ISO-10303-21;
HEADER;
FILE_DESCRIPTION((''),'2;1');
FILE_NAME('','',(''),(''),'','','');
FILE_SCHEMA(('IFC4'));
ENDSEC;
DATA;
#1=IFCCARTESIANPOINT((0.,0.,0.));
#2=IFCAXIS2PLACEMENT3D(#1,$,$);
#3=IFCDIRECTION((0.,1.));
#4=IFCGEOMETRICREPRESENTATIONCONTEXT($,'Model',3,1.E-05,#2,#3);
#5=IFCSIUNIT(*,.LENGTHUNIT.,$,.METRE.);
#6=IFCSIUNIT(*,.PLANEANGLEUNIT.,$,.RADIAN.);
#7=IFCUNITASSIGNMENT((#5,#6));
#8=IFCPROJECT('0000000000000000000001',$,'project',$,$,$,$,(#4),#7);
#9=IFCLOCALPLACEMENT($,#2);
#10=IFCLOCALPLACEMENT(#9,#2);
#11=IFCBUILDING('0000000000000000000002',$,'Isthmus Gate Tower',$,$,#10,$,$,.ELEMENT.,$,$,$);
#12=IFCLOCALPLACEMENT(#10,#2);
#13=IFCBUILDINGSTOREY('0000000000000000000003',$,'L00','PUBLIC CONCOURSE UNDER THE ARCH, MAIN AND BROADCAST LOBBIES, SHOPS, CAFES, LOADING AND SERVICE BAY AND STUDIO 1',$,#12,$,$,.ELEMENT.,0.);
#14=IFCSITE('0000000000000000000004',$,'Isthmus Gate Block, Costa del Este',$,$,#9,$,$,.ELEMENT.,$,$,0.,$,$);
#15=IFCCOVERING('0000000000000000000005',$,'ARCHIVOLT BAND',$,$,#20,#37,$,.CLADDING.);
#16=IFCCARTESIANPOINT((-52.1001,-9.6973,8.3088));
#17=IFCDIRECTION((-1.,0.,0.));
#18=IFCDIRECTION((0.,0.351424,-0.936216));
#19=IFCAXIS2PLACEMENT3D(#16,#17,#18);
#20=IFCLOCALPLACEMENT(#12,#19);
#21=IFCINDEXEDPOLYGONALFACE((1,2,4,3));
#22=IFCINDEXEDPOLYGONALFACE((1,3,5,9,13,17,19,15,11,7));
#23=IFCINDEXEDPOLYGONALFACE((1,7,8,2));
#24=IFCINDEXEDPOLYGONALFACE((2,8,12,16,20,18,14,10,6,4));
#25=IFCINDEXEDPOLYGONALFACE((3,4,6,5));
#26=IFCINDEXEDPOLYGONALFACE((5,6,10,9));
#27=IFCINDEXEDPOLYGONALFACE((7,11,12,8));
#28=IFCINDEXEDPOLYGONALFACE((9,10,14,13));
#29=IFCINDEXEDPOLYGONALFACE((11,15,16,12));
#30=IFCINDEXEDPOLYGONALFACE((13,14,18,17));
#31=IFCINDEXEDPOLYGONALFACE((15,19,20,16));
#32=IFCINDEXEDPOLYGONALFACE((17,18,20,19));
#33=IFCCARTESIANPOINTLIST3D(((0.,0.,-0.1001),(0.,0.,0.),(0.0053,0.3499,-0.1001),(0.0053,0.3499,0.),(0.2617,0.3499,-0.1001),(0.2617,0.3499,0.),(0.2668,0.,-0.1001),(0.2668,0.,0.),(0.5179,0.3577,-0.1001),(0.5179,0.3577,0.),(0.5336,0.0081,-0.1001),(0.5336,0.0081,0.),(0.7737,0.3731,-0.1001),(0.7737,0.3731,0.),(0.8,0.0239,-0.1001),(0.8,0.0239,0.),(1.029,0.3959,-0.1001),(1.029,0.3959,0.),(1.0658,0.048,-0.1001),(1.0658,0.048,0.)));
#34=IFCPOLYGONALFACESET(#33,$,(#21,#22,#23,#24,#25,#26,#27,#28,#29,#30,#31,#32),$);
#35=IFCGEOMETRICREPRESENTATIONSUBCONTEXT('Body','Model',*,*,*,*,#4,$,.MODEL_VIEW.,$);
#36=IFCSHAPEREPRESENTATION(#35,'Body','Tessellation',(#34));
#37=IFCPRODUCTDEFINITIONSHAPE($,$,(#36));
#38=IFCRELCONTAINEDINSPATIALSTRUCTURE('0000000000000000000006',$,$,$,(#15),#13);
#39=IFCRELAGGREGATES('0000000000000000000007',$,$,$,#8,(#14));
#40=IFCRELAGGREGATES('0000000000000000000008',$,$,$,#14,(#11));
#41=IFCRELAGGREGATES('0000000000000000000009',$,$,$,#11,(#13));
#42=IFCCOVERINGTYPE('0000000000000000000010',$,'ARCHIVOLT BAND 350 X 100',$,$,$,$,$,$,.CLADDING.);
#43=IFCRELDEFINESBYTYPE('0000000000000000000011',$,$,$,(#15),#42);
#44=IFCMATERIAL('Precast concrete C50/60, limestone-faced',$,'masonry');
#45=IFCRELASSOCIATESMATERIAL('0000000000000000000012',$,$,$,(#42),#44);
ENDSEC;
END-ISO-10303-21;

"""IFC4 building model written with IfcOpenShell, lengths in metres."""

from ifc_helpers import new_model, si_unit, direction, frame, origin, place, context, subcontext, project, spatial, polyline, outline, extrude, material, type_object, element, save


model = new_model("IFC4")

# Units and contexts
model_context = context("Model", 3, precision=1e-05, world=origin(), true_north=direction((0.0, 1.0)))
body_context = subcontext(model_context, "Body", "Model", "MODEL_VIEW")
ifc_project = project(units=[si_unit("LENGTHUNIT", "METRE"), si_unit("PLANEANGLEUNIT", "RADIAN")], contexts=[model_context])

# Site, building, storey
site_placement = place(None, origin())
site = spatial("IfcSite", under=ifc_project, at=site_placement, Name="Isthmus Gate Block, Costa del Este", CompositionType="ELEMENT", RefElevation=0.0)
building_placement = place(site_placement, origin())
building = spatial("IfcBuilding", under=site, at=building_placement, Name="Isthmus Gate Tower", CompositionType="ELEMENT")
storey_placement = place(building_placement, origin())
storey = spatial("IfcBuildingStorey", under=building, at=storey_placement, Name="L00", Description="PUBLIC CONCOURSE UNDER THE ARCH, MAIN AND BROADCAST LOBBIES, SHOPS, CAFES, LOADING AND SERVICE BAY AND STUDIO 1", CompositionType="ELEMENT", Elevation=0.0)

# Covering
ifc_material_1 = material(Name="Precast concrete C50/60, limestone-faced", Category="masonry")
covering_type_1 = type_object("IfcCoveringType", Name="ARCHIVOLT BAND 350 X 100", PredefinedType="CLADDING", material=ifc_material_1)
covering_1_placement = place(storey_placement, frame((-52.1001, -9.6973, 8.3088), z_axis=(-1.0, 0.0, 0.0), x_axis=(0.0, 0.351424, -0.936216)))
element("IfcCovering", 1, at=covering_1_placement, inside=storey, type_object=covering_type_1, Name="ARCHIVOLT BAND", PredefinedType="CLADDING", context=body_context, shape_type="SweptSolid", body=[
    extrude(outline(polyline([(0.0, 0.0), (0.2668, 0.0), (0.5336, 0.0081), (0.8, 0.0239), (1.0658, 0.048), (1.029, 0.3959), (0.7737, 0.3731), (0.5179, 0.3577), (0.2617, 0.3499), (0.0053, 0.3499), (0.0, 0.0)])), origin(), (0.0, 0.0, -1.0), 0.1001),
])

save(model, "model.ifc")
